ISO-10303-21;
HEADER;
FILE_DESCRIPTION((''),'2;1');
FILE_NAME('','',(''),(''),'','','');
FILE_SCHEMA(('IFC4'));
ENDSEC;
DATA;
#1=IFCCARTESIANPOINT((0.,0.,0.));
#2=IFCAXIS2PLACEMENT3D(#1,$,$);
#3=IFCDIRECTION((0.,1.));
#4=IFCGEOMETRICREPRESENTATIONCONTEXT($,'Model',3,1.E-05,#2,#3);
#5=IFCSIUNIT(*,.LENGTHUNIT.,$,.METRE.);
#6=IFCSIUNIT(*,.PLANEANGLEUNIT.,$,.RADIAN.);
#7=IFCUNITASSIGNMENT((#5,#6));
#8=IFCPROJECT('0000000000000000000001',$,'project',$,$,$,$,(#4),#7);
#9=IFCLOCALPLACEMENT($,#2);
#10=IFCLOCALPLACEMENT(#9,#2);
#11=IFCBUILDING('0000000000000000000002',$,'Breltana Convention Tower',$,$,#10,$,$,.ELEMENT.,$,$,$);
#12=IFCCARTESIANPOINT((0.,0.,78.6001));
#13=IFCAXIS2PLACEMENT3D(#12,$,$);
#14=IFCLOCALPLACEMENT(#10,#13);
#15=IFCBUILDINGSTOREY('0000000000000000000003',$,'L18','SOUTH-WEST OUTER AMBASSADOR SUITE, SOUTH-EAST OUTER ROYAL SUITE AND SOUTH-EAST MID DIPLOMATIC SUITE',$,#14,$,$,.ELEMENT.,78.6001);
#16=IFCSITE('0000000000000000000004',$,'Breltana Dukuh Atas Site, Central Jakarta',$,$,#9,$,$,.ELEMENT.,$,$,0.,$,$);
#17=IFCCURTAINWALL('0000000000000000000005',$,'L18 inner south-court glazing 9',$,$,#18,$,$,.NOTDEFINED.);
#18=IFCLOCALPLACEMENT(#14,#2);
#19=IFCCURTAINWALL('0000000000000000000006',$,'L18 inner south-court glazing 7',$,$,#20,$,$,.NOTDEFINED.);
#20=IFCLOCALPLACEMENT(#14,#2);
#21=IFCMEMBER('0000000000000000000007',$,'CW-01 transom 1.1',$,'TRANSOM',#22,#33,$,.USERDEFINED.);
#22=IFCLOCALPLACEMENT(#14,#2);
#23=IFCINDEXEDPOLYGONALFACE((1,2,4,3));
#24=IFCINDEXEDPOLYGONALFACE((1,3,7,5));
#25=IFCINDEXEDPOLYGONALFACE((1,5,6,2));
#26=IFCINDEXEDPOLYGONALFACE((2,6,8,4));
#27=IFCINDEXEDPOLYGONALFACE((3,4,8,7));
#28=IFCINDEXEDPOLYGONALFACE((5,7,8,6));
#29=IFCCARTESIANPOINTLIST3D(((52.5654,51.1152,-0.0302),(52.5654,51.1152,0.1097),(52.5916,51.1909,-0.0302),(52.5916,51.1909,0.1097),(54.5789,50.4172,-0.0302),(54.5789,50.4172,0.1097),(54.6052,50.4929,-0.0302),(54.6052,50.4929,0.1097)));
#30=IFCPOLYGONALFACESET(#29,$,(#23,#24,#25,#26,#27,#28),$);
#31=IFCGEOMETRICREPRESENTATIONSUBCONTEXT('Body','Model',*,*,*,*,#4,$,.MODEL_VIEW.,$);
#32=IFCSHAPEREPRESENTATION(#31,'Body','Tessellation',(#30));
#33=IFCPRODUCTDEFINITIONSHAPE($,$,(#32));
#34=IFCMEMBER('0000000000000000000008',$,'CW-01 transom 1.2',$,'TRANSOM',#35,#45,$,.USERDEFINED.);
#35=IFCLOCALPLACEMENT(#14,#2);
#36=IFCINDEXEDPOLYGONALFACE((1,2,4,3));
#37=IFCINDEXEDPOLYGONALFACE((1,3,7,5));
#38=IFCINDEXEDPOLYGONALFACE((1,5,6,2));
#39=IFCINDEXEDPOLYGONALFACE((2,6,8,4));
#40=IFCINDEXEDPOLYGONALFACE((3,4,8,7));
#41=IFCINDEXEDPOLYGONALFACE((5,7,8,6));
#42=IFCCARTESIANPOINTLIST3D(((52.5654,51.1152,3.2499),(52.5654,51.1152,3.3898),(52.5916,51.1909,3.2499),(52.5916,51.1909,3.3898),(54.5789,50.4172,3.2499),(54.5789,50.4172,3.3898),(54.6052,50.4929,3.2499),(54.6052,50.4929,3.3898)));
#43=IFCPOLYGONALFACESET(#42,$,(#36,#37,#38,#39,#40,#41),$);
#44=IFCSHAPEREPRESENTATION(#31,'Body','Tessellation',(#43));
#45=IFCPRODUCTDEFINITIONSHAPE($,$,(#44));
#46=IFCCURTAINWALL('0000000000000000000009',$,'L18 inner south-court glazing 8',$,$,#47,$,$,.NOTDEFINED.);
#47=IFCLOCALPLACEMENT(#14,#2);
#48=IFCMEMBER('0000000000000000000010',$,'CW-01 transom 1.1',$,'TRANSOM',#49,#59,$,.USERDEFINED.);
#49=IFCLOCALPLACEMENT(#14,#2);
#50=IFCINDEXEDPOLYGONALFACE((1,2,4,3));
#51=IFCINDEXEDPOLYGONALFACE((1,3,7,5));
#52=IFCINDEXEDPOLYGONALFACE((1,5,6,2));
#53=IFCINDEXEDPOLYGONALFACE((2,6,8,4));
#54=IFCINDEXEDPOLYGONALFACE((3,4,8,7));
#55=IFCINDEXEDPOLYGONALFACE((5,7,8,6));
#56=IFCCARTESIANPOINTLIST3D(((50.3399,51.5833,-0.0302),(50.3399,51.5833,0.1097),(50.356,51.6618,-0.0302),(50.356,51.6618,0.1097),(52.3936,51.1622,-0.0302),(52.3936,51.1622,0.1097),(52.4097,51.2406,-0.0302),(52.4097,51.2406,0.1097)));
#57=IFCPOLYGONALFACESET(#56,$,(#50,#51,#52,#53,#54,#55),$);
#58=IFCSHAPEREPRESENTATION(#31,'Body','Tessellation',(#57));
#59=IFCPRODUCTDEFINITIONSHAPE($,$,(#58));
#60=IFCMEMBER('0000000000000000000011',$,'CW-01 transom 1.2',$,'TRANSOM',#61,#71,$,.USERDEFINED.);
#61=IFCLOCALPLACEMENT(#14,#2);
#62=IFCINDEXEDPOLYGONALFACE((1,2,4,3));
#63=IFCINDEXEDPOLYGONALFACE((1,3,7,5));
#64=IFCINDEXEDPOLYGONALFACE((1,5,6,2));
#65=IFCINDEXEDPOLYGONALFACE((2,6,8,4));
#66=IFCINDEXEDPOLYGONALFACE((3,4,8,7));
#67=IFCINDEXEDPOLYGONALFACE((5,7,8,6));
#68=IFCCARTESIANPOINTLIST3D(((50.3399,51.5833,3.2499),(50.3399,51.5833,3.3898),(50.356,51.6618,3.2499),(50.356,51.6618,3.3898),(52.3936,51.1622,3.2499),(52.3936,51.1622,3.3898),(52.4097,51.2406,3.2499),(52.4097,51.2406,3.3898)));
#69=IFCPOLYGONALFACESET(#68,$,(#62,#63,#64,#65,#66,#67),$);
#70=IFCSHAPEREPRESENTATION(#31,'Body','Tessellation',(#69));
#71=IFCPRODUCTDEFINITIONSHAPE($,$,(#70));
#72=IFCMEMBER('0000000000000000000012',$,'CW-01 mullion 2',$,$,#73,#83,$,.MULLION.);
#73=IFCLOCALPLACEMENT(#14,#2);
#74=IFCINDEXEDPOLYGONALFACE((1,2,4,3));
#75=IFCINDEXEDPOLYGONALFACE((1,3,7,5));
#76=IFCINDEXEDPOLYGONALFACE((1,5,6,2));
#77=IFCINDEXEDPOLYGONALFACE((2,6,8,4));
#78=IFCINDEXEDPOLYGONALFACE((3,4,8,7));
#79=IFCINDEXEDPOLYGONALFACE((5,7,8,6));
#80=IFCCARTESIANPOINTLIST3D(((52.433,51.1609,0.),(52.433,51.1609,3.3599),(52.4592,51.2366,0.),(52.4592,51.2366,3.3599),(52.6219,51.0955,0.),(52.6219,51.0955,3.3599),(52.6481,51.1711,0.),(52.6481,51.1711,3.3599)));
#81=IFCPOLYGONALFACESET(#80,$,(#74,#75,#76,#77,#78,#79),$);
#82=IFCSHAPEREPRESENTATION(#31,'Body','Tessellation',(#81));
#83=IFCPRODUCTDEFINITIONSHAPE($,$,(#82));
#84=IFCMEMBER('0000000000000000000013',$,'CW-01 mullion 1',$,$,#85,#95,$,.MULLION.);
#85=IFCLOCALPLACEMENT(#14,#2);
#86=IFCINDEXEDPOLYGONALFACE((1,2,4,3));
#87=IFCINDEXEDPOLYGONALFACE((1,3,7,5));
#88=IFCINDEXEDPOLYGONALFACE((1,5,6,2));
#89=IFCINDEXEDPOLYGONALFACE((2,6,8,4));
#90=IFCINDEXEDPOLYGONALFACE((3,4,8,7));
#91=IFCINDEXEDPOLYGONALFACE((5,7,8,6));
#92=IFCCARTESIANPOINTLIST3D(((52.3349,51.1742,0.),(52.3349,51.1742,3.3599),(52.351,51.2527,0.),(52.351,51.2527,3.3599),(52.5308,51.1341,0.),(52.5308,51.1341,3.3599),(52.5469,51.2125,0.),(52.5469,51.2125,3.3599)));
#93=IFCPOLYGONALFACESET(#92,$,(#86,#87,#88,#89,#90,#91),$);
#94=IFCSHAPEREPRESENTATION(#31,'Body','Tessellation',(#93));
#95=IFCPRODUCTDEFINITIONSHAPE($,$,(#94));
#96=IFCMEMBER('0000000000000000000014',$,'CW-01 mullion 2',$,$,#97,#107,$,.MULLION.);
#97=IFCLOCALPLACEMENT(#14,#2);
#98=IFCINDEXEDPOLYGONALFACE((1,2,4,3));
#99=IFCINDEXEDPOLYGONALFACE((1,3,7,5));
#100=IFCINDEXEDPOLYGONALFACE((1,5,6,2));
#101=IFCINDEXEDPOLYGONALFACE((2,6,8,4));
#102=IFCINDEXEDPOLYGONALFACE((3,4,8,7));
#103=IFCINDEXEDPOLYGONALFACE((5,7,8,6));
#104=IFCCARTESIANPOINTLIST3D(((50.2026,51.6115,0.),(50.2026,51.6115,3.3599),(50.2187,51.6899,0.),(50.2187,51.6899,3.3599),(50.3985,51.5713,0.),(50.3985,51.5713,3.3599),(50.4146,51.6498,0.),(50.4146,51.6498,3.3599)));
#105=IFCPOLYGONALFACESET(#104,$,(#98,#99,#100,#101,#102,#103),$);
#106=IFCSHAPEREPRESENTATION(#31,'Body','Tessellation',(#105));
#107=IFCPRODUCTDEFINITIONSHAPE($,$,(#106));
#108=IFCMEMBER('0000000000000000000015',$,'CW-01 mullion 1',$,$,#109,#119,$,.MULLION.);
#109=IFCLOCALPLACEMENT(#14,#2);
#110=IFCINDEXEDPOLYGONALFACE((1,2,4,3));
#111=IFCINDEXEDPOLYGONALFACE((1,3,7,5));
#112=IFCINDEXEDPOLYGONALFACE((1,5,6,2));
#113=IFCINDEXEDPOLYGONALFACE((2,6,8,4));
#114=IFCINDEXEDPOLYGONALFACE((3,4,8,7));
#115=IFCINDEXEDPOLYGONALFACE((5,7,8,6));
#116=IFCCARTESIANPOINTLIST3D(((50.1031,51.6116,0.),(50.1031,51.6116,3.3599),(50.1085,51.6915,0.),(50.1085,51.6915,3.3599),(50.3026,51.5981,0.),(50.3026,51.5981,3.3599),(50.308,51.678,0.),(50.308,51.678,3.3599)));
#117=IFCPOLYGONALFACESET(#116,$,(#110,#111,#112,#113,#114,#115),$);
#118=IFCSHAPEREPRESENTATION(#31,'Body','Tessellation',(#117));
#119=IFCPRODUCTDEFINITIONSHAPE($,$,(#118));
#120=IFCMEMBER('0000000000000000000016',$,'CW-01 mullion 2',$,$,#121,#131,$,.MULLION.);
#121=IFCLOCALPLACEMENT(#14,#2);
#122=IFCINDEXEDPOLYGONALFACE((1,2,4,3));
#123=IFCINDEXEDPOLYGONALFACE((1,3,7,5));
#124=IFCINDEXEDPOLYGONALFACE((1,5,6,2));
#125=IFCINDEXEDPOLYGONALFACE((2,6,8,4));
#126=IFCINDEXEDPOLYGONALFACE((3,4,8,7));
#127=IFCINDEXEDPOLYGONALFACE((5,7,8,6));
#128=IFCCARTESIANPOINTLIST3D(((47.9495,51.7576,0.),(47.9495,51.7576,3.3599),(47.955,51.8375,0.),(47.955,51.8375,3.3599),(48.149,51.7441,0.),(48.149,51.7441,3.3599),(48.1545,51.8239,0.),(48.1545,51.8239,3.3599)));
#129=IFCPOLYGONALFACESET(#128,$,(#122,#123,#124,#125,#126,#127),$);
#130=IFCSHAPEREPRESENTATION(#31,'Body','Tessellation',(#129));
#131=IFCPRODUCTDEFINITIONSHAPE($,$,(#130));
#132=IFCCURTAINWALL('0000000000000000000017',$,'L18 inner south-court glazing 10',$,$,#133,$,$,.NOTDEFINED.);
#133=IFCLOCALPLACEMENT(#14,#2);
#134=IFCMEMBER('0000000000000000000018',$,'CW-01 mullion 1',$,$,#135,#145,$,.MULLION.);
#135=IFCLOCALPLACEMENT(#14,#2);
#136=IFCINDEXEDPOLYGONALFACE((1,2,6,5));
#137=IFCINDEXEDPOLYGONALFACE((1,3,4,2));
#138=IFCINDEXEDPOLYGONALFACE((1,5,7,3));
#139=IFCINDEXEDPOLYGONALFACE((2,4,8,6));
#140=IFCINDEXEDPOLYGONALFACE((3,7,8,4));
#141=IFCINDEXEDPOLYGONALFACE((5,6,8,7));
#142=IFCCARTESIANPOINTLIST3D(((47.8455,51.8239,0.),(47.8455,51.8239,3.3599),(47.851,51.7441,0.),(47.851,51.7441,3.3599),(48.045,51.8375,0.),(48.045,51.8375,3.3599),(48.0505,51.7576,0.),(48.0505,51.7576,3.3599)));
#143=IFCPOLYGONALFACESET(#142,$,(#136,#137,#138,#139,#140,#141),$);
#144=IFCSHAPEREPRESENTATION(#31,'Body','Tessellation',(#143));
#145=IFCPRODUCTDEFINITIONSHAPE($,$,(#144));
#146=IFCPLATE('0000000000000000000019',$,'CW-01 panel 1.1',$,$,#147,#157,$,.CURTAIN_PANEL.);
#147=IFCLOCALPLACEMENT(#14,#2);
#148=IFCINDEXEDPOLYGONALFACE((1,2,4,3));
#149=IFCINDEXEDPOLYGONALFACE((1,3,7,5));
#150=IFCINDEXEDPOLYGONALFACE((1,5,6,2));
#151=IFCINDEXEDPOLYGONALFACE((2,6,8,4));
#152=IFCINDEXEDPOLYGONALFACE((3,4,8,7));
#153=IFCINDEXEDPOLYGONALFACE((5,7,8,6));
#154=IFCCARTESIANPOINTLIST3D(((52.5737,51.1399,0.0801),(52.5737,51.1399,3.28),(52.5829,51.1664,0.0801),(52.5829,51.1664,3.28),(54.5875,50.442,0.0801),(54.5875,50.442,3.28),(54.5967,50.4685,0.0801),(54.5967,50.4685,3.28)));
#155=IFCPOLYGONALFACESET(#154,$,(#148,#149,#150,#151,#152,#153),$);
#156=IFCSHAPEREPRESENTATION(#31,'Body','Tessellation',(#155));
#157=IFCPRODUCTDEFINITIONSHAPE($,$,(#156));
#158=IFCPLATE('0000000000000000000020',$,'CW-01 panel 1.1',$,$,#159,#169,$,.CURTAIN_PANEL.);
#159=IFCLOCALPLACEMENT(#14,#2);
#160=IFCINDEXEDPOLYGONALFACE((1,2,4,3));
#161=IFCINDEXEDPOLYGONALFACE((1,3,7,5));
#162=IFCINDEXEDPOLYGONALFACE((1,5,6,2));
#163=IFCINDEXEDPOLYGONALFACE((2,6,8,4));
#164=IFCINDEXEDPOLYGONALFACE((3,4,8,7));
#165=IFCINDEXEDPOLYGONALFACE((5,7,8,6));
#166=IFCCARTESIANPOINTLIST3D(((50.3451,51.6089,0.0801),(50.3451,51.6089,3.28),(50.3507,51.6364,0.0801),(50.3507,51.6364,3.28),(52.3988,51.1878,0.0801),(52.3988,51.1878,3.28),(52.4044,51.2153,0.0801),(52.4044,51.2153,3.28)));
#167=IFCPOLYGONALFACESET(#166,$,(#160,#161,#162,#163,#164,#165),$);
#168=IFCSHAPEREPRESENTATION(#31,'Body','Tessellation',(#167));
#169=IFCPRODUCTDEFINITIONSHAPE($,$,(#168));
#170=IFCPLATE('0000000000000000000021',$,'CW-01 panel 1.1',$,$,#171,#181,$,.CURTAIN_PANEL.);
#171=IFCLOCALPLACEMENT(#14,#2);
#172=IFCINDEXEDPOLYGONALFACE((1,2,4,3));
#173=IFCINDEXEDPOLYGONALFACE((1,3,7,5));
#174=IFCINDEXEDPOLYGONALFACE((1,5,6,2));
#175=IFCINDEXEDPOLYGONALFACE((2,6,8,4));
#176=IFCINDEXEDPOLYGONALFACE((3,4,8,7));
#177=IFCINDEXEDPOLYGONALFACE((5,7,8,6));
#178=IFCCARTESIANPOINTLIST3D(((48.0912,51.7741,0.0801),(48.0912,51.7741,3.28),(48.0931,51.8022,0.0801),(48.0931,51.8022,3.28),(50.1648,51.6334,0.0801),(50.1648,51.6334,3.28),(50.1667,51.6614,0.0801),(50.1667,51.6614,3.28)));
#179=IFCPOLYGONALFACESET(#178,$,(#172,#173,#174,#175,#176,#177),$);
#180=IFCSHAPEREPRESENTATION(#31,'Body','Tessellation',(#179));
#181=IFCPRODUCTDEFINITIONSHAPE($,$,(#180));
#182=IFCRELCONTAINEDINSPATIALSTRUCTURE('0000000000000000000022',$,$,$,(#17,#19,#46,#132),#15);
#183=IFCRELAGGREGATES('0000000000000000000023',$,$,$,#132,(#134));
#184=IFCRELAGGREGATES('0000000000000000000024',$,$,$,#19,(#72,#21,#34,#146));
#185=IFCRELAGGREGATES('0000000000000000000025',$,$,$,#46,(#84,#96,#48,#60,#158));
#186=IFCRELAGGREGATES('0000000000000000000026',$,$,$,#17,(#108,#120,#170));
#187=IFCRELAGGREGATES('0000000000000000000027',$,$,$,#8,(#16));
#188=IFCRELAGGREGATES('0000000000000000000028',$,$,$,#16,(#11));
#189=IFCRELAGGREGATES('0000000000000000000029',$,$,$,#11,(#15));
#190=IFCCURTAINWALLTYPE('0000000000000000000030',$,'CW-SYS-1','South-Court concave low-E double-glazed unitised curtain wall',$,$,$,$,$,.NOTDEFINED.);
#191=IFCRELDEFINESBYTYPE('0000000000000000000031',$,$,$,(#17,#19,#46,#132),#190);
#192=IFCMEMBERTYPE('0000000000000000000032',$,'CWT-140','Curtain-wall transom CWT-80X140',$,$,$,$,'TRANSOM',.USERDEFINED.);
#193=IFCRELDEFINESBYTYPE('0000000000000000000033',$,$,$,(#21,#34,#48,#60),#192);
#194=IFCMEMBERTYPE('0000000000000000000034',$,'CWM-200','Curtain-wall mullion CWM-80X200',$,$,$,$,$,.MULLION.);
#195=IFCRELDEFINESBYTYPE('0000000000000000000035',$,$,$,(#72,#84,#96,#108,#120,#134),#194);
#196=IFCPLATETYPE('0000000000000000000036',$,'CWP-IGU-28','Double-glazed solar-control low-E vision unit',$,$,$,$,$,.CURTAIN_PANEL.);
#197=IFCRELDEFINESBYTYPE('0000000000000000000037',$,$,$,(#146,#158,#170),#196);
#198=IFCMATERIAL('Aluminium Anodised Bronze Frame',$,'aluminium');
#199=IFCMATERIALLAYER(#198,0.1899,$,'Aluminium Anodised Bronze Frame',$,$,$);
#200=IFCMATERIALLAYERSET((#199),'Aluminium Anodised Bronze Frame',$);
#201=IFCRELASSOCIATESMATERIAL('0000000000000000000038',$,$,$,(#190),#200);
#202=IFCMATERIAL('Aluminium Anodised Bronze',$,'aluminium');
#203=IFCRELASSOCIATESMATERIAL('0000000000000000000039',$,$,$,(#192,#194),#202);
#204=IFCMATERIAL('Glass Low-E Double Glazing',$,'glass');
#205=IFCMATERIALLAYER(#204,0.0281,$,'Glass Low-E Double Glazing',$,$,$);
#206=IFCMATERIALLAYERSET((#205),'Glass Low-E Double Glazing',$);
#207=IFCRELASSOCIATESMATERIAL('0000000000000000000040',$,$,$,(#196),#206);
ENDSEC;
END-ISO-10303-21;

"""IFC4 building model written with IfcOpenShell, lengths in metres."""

from ifc_helpers import new_model, si_unit, direction, frame, origin, origin_2d, place, context, subcontext, project, spatial, rectangle, extrude, source, transform, mapped, material, layer, layer_set, material_profile, profile_set, type_object, element, aggregate, save


model = new_model("IFC4")

# Units and contexts
model_context = context("Model", 3, precision=1e-05, world=origin(), true_north=direction((0.0, 1.0)))
body_context = subcontext(model_context, "Body", "Model", "MODEL_VIEW")
ifc_project = project(units=[si_unit("LENGTHUNIT", "METRE"), si_unit("PLANEANGLEUNIT", "RADIAN")], contexts=[model_context])

# Site, building, storey
site_placement = place(None, origin())
site = spatial("IfcSite", under=ifc_project, at=site_placement, Name="Breltana Dukuh Atas Site, Central Jakarta", CompositionType="ELEMENT", RefElevation=0.0)
building_placement = place(site_placement, origin())
building = spatial("IfcBuilding", under=site, at=building_placement, Name="Breltana Convention Tower", CompositionType="ELEMENT")
storey_placement = place(building_placement, frame((0.0, 0.0, 78.6001)))
storey = spatial("IfcBuildingStorey", under=building, at=storey_placement, Name="L18", Description="SOUTH-WEST OUTER AMBASSADOR SUITE, SOUTH-EAST OUTER ROYAL SUITE AND SOUTH-EAST MID DIPLOMATIC SUITE", CompositionType="ELEMENT", Elevation=78.6001)

# Curtain walls, members
ifc_material_1 = material(Name="Aluminium Anodised Bronze Frame", Category="aluminium")
ifc_layer_1 = layer(ifc_material_1, 0.1899, Name="Aluminium Anodised Bronze Frame")
ifc_layer_set_1 = layer_set([ifc_layer_1], Name="Aluminium Anodised Bronze Frame")
curtain_wall_type = type_object("IfcCurtainWallType", Name="CW-SYS-1", Description="South-Court concave low-E double-glazed unitised curtain wall", PredefinedType="NOTDEFINED", material=ifc_layer_set_1)
curtain_wall_1_placement = place(storey_placement, origin())
curtain_wall_1 = element("IfcCurtainWall", 1, at=curtain_wall_1_placement, inside=storey, type_object=curtain_wall_type, Name="L18 inner south-court glazing 9", PredefinedType="NOTDEFINED")
ifc_material_2 = material(Name="Aluminium Anodised Bronze", Category="aluminium")
ifc_material_profile_1 = material_profile(ifc_material_2, rectangle(XDim=0.0801, YDim=0.1399, at=origin_2d()), Name="CWT-80X140")
ifc_profile_set_1 = profile_set([ifc_material_profile_1], Name="Aluminium Anodised Bronze")
member_type_1 = type_object("IfcMemberType", Name="CWT-140", Description="Curtain-wall transom CWT-80X140", ElementType="TRANSOM", PredefinedType="USERDEFINED", material=ifc_profile_set_1)
curtain_wall_2_placement = place(storey_placement, origin())
curtain_wall_2 = element("IfcCurtainWall", 2, at=curtain_wall_2_placement, inside=storey, type_object=curtain_wall_type, Name="L18 inner south-court glazing 7", PredefinedType="NOTDEFINED")
shared_shape_1 = source(origin(), body_context, "Body", "SweptSolid", [
    extrude(rectangle(XDim=0.0801, YDim=0.1399, at=origin_2d()), origin(), (0.0, 0.0, 1.0), 2.1311),
])
member_1_placement = place(storey_placement, frame((54.592, 50.4551, 0.0398), z_axis=(-0.944847, 0.327512, 0.0), x_axis=(-0.327512, -0.944847, 0.0)))
member_1 = element("IfcMember", 3, at=member_1_placement, type_object=member_type_1, Name="CW-01 transom 1.1", ObjectType="TRANSOM", PredefinedType="USERDEFINED", context=body_context, shape_type="MappedRepresentation", body=[
    mapped(shared_shape_1, transform((0.0, 0.0, 0.0), scale=1.0)),
])
member_2_placement = place(storey_placement, frame((54.592, 50.4551, 3.3198), z_axis=(-0.944847, 0.327512, 0.0), x_axis=(-0.327512, -0.944847, 0.0)))
member_2 = element("IfcMember", 4, at=member_2_placement, type_object=member_type_1, Name="CW-01 transom 1.2", ObjectType="TRANSOM", PredefinedType="USERDEFINED", context=body_context, shape_type="MappedRepresentation", body=[
    mapped(shared_shape_1, transform((0.0, 0.0, 0.0), scale=1.0)),
])
curtain_wall_3_placement = place(storey_placement, origin())
curtain_wall_3 = element("IfcCurtainWall", 5, at=curtain_wall_3_placement, inside=storey, type_object=curtain_wall_type, Name="L18 inner south-court glazing 8", PredefinedType="NOTDEFINED")
shared_shape_2 = source(origin(), body_context, "Body", "SweptSolid", [
    extrude(rectangle(XDim=0.0801, YDim=0.1399, at=origin_2d()), origin(), (0.0, 0.0, 1.0), 2.0964),
])
member_3_placement = place(storey_placement, frame((52.4016, 51.2014, 0.0398), z_axis=(-0.979615, 0.200884, 0.0), x_axis=(-0.200884, -0.979615, 0.0)))
member_3 = element("IfcMember", 6, at=member_3_placement, type_object=member_type_1, Name="CW-01 transom 1.1", ObjectType="TRANSOM", PredefinedType="USERDEFINED", context=body_context, shape_type="MappedRepresentation", body=[
    mapped(shared_shape_2, transform((0.0, 0.0, 0.0), scale=1.0)),
])
member_4_placement = place(storey_placement, frame((52.4016, 51.2014, 3.3198), z_axis=(-0.979615, 0.200884, 0.0), x_axis=(-0.200884, -0.979615, 0.0)))
member_4 = element("IfcMember", 7, at=member_4_placement, type_object=member_type_1, Name="CW-01 transom 1.2", ObjectType="TRANSOM", PredefinedType="USERDEFINED", context=body_context, shape_type="MappedRepresentation", body=[
    mapped(shared_shape_2, transform((0.0, 0.0, 0.0), scale=1.0)),
])

# Members
ifc_material_profile_2 = material_profile(ifc_material_2, rectangle(XDim=0.0801, YDim=0.2, at=origin_2d()), Name="CWM-80X200")
ifc_profile_set_2 = profile_set([ifc_material_profile_2], Name="Aluminium Anodised Bronze")
member_type_2 = type_object("IfcMemberType", Name="CWM-200", Description="Curtain-wall mullion CWM-80X200", PredefinedType="MULLION", material=ifc_profile_set_2)
shared_shape_3 = source(origin(), body_context, "Body", "SweptSolid", [
    extrude(rectangle(XDim=0.0801, YDim=0.2, at=origin_2d()), origin(), (0.0, 0.0, 1.0), 3.3599),
])
member_5_placement = place(storey_placement, frame((52.5405, 51.166, 0.0), z_axis=(0.0, 0.0, 1.0), x_axis=(-0.327413, -0.944881, 0.0)))
member_5 = element("IfcMember", 8, at=member_5_placement, type_object=member_type_2, Name="CW-01 mullion 2", PredefinedType="MULLION", context=body_context, shape_type="MappedRepresentation", body=[
    mapped(shared_shape_3, transform((0.0, 0.0, 0.0), scale=1.0)),
])
member_6_placement = place(storey_placement, frame((52.4409, 51.1934, 0.0), z_axis=(0.0, 0.0, 1.0), x_axis=(-0.200886, -0.979615, 0.0)))
member_6 = element("IfcMember", 9, at=member_6_placement, type_object=member_type_2, Name="CW-01 mullion 1", PredefinedType="MULLION", context=body_context, shape_type="MappedRepresentation", body=[
    mapped(shared_shape_3, transform((0.0, 0.0, 0.0), scale=1.0)),
])
member_7_placement = place(storey_placement, frame((50.3086, 51.6306, 0.0), z_axis=(0.0, 0.0, 1.0), x_axis=(-0.200886, -0.979615, 0.0)))
member_7 = element("IfcMember", 10, at=member_7_placement, type_object=member_type_2, Name="CW-01 mullion 2", PredefinedType="MULLION", context=body_context, shape_type="MappedRepresentation", body=[
    mapped(shared_shape_3, transform((0.0, 0.0, 0.0), scale=1.0)),
])
member_8_placement = place(storey_placement, frame((50.2056, 51.6448, 0.0), z_axis=(0.0, 0.0, 1.0), x_axis=(-0.067726, -0.997704, 0.0)))
member_8 = element("IfcMember", 11, at=member_8_placement, type_object=member_type_2, Name="CW-01 mullion 1", PredefinedType="MULLION", context=body_context, shape_type="MappedRepresentation", body=[
    mapped(shared_shape_3, transform((0.0, 0.0, 0.0), scale=1.0)),
])
member_9_placement = place(storey_placement, frame((48.052, 51.7908, 0.0), z_axis=(0.0, 0.0, 1.0), x_axis=(-0.067726, -0.997704, 0.0)))
member_9 = element("IfcMember", 12, at=member_9_placement, type_object=member_type_2, Name="CW-01 mullion 2", PredefinedType="MULLION", context=body_context, shape_type="MappedRepresentation", body=[
    mapped(shared_shape_3, transform((0.0, 0.0, 0.0), scale=1.0)),
])

# Curtain wall, member
curtain_wall_4_placement = place(storey_placement, origin())
curtain_wall_4 = element("IfcCurtainWall", 13, at=curtain_wall_4_placement, inside=storey, type_object=curtain_wall_type, Name="L18 inner south-court glazing 10", PredefinedType="NOTDEFINED")
member_10_placement = place(storey_placement, frame((47.948, 51.7908, 0.0), z_axis=(0.0, 0.0, 1.0), x_axis=(0.067726, -0.997704, 0.0)))
member_10 = element("IfcMember", 14, at=member_10_placement, type_object=member_type_2, Name="CW-01 mullion 1", PredefinedType="MULLION", context=body_context, shape_type="MappedRepresentation", body=[
    mapped(shared_shape_3, transform((0.0, 0.0, 0.0), scale=1.0)),
])
aggregate(curtain_wall_4, [member_10])

# Plates
ifc_material_3 = material(Name="Glass Low-E Double Glazing", Category="glass")
ifc_layer_2 = layer(ifc_material_3, 0.0281, Name="Glass Low-E Double Glazing")
ifc_layer_set_2 = layer_set([ifc_layer_2], Name="Glass Low-E Double Glazing")
plate_type = type_object("IfcPlateType", Name="CWP-IGU-28", Description="Double-glazed solar-control low-E vision unit", PredefinedType="CURTAIN_PANEL", material=ifc_layer_set_2)
shared_shape_4 = source(origin(), body_context, "Body", "SweptSolid", [
    extrude(rectangle(XDim=2.1313, YDim=0.0281, at=origin_2d()), origin(), (0.0, 0.0, 1.0), 3.2),
])
plate_1_placement = place(storey_placement, frame((53.5852, 50.8042, 0.0801), z_axis=(0.0, 0.0, 1.0), x_axis=(-0.944881, 0.327413, 0.0)))
plate_1 = element("IfcPlate", 15, at=plate_1_placement, type_object=plate_type, Name="CW-01 panel 1.1", PredefinedType="CURTAIN_PANEL", context=body_context, shape_type="MappedRepresentation", body=[
    mapped(shared_shape_4, transform((0.0, 0.0, 0.0), scale=1.0)),
])
aggregate(curtain_wall_2, [member_5, member_1, member_2, plate_1])
shared_shape_5 = source(origin(), body_context, "Body", "SweptSolid", [
    extrude(rectangle(XDim=2.0964, YDim=0.0281, at=origin_2d()), origin(), (0.0, 0.0, 1.0), 3.2),
])
plate_2_placement = place(storey_placement, frame((51.3748, 51.4121, 0.0801), z_axis=(0.0, 0.0, 1.0), x_axis=(-0.979615, 0.200886, 0.0)))
plate_2 = element("IfcPlate", 16, at=plate_2_placement, type_object=plate_type, Name="CW-01 panel 1.1", PredefinedType="CURTAIN_PANEL", context=body_context, shape_type="MappedRepresentation", body=[
    mapped(shared_shape_5, transform((0.0, 0.0, 0.0), scale=1.0)),
])
aggregate(curtain_wall_3, [member_6, member_7, member_3, member_4, plate_2])
shared_shape_6 = source(origin(), body_context, "Body", "SweptSolid", [
    extrude(rectangle(XDim=2.0784, YDim=0.0281, at=origin_2d()), origin(), (0.0, 0.0, 1.0), 3.2),
])
plate_3_placement = place(storey_placement, frame((49.1289, 51.7178, 0.0801), z_axis=(0.0, 0.0, 1.0), x_axis=(-0.997704, 0.067726, 0.0)))
plate_3 = element("IfcPlate", 17, at=plate_3_placement, type_object=plate_type, Name="CW-01 panel 1.1", PredefinedType="CURTAIN_PANEL", context=body_context, shape_type="MappedRepresentation", body=[
    mapped(shared_shape_6, transform((0.0, 0.0, 0.0), scale=1.0)),
])
aggregate(curtain_wall_1, [member_8, member_9, plate_3])

save(model, "model.ifc")
